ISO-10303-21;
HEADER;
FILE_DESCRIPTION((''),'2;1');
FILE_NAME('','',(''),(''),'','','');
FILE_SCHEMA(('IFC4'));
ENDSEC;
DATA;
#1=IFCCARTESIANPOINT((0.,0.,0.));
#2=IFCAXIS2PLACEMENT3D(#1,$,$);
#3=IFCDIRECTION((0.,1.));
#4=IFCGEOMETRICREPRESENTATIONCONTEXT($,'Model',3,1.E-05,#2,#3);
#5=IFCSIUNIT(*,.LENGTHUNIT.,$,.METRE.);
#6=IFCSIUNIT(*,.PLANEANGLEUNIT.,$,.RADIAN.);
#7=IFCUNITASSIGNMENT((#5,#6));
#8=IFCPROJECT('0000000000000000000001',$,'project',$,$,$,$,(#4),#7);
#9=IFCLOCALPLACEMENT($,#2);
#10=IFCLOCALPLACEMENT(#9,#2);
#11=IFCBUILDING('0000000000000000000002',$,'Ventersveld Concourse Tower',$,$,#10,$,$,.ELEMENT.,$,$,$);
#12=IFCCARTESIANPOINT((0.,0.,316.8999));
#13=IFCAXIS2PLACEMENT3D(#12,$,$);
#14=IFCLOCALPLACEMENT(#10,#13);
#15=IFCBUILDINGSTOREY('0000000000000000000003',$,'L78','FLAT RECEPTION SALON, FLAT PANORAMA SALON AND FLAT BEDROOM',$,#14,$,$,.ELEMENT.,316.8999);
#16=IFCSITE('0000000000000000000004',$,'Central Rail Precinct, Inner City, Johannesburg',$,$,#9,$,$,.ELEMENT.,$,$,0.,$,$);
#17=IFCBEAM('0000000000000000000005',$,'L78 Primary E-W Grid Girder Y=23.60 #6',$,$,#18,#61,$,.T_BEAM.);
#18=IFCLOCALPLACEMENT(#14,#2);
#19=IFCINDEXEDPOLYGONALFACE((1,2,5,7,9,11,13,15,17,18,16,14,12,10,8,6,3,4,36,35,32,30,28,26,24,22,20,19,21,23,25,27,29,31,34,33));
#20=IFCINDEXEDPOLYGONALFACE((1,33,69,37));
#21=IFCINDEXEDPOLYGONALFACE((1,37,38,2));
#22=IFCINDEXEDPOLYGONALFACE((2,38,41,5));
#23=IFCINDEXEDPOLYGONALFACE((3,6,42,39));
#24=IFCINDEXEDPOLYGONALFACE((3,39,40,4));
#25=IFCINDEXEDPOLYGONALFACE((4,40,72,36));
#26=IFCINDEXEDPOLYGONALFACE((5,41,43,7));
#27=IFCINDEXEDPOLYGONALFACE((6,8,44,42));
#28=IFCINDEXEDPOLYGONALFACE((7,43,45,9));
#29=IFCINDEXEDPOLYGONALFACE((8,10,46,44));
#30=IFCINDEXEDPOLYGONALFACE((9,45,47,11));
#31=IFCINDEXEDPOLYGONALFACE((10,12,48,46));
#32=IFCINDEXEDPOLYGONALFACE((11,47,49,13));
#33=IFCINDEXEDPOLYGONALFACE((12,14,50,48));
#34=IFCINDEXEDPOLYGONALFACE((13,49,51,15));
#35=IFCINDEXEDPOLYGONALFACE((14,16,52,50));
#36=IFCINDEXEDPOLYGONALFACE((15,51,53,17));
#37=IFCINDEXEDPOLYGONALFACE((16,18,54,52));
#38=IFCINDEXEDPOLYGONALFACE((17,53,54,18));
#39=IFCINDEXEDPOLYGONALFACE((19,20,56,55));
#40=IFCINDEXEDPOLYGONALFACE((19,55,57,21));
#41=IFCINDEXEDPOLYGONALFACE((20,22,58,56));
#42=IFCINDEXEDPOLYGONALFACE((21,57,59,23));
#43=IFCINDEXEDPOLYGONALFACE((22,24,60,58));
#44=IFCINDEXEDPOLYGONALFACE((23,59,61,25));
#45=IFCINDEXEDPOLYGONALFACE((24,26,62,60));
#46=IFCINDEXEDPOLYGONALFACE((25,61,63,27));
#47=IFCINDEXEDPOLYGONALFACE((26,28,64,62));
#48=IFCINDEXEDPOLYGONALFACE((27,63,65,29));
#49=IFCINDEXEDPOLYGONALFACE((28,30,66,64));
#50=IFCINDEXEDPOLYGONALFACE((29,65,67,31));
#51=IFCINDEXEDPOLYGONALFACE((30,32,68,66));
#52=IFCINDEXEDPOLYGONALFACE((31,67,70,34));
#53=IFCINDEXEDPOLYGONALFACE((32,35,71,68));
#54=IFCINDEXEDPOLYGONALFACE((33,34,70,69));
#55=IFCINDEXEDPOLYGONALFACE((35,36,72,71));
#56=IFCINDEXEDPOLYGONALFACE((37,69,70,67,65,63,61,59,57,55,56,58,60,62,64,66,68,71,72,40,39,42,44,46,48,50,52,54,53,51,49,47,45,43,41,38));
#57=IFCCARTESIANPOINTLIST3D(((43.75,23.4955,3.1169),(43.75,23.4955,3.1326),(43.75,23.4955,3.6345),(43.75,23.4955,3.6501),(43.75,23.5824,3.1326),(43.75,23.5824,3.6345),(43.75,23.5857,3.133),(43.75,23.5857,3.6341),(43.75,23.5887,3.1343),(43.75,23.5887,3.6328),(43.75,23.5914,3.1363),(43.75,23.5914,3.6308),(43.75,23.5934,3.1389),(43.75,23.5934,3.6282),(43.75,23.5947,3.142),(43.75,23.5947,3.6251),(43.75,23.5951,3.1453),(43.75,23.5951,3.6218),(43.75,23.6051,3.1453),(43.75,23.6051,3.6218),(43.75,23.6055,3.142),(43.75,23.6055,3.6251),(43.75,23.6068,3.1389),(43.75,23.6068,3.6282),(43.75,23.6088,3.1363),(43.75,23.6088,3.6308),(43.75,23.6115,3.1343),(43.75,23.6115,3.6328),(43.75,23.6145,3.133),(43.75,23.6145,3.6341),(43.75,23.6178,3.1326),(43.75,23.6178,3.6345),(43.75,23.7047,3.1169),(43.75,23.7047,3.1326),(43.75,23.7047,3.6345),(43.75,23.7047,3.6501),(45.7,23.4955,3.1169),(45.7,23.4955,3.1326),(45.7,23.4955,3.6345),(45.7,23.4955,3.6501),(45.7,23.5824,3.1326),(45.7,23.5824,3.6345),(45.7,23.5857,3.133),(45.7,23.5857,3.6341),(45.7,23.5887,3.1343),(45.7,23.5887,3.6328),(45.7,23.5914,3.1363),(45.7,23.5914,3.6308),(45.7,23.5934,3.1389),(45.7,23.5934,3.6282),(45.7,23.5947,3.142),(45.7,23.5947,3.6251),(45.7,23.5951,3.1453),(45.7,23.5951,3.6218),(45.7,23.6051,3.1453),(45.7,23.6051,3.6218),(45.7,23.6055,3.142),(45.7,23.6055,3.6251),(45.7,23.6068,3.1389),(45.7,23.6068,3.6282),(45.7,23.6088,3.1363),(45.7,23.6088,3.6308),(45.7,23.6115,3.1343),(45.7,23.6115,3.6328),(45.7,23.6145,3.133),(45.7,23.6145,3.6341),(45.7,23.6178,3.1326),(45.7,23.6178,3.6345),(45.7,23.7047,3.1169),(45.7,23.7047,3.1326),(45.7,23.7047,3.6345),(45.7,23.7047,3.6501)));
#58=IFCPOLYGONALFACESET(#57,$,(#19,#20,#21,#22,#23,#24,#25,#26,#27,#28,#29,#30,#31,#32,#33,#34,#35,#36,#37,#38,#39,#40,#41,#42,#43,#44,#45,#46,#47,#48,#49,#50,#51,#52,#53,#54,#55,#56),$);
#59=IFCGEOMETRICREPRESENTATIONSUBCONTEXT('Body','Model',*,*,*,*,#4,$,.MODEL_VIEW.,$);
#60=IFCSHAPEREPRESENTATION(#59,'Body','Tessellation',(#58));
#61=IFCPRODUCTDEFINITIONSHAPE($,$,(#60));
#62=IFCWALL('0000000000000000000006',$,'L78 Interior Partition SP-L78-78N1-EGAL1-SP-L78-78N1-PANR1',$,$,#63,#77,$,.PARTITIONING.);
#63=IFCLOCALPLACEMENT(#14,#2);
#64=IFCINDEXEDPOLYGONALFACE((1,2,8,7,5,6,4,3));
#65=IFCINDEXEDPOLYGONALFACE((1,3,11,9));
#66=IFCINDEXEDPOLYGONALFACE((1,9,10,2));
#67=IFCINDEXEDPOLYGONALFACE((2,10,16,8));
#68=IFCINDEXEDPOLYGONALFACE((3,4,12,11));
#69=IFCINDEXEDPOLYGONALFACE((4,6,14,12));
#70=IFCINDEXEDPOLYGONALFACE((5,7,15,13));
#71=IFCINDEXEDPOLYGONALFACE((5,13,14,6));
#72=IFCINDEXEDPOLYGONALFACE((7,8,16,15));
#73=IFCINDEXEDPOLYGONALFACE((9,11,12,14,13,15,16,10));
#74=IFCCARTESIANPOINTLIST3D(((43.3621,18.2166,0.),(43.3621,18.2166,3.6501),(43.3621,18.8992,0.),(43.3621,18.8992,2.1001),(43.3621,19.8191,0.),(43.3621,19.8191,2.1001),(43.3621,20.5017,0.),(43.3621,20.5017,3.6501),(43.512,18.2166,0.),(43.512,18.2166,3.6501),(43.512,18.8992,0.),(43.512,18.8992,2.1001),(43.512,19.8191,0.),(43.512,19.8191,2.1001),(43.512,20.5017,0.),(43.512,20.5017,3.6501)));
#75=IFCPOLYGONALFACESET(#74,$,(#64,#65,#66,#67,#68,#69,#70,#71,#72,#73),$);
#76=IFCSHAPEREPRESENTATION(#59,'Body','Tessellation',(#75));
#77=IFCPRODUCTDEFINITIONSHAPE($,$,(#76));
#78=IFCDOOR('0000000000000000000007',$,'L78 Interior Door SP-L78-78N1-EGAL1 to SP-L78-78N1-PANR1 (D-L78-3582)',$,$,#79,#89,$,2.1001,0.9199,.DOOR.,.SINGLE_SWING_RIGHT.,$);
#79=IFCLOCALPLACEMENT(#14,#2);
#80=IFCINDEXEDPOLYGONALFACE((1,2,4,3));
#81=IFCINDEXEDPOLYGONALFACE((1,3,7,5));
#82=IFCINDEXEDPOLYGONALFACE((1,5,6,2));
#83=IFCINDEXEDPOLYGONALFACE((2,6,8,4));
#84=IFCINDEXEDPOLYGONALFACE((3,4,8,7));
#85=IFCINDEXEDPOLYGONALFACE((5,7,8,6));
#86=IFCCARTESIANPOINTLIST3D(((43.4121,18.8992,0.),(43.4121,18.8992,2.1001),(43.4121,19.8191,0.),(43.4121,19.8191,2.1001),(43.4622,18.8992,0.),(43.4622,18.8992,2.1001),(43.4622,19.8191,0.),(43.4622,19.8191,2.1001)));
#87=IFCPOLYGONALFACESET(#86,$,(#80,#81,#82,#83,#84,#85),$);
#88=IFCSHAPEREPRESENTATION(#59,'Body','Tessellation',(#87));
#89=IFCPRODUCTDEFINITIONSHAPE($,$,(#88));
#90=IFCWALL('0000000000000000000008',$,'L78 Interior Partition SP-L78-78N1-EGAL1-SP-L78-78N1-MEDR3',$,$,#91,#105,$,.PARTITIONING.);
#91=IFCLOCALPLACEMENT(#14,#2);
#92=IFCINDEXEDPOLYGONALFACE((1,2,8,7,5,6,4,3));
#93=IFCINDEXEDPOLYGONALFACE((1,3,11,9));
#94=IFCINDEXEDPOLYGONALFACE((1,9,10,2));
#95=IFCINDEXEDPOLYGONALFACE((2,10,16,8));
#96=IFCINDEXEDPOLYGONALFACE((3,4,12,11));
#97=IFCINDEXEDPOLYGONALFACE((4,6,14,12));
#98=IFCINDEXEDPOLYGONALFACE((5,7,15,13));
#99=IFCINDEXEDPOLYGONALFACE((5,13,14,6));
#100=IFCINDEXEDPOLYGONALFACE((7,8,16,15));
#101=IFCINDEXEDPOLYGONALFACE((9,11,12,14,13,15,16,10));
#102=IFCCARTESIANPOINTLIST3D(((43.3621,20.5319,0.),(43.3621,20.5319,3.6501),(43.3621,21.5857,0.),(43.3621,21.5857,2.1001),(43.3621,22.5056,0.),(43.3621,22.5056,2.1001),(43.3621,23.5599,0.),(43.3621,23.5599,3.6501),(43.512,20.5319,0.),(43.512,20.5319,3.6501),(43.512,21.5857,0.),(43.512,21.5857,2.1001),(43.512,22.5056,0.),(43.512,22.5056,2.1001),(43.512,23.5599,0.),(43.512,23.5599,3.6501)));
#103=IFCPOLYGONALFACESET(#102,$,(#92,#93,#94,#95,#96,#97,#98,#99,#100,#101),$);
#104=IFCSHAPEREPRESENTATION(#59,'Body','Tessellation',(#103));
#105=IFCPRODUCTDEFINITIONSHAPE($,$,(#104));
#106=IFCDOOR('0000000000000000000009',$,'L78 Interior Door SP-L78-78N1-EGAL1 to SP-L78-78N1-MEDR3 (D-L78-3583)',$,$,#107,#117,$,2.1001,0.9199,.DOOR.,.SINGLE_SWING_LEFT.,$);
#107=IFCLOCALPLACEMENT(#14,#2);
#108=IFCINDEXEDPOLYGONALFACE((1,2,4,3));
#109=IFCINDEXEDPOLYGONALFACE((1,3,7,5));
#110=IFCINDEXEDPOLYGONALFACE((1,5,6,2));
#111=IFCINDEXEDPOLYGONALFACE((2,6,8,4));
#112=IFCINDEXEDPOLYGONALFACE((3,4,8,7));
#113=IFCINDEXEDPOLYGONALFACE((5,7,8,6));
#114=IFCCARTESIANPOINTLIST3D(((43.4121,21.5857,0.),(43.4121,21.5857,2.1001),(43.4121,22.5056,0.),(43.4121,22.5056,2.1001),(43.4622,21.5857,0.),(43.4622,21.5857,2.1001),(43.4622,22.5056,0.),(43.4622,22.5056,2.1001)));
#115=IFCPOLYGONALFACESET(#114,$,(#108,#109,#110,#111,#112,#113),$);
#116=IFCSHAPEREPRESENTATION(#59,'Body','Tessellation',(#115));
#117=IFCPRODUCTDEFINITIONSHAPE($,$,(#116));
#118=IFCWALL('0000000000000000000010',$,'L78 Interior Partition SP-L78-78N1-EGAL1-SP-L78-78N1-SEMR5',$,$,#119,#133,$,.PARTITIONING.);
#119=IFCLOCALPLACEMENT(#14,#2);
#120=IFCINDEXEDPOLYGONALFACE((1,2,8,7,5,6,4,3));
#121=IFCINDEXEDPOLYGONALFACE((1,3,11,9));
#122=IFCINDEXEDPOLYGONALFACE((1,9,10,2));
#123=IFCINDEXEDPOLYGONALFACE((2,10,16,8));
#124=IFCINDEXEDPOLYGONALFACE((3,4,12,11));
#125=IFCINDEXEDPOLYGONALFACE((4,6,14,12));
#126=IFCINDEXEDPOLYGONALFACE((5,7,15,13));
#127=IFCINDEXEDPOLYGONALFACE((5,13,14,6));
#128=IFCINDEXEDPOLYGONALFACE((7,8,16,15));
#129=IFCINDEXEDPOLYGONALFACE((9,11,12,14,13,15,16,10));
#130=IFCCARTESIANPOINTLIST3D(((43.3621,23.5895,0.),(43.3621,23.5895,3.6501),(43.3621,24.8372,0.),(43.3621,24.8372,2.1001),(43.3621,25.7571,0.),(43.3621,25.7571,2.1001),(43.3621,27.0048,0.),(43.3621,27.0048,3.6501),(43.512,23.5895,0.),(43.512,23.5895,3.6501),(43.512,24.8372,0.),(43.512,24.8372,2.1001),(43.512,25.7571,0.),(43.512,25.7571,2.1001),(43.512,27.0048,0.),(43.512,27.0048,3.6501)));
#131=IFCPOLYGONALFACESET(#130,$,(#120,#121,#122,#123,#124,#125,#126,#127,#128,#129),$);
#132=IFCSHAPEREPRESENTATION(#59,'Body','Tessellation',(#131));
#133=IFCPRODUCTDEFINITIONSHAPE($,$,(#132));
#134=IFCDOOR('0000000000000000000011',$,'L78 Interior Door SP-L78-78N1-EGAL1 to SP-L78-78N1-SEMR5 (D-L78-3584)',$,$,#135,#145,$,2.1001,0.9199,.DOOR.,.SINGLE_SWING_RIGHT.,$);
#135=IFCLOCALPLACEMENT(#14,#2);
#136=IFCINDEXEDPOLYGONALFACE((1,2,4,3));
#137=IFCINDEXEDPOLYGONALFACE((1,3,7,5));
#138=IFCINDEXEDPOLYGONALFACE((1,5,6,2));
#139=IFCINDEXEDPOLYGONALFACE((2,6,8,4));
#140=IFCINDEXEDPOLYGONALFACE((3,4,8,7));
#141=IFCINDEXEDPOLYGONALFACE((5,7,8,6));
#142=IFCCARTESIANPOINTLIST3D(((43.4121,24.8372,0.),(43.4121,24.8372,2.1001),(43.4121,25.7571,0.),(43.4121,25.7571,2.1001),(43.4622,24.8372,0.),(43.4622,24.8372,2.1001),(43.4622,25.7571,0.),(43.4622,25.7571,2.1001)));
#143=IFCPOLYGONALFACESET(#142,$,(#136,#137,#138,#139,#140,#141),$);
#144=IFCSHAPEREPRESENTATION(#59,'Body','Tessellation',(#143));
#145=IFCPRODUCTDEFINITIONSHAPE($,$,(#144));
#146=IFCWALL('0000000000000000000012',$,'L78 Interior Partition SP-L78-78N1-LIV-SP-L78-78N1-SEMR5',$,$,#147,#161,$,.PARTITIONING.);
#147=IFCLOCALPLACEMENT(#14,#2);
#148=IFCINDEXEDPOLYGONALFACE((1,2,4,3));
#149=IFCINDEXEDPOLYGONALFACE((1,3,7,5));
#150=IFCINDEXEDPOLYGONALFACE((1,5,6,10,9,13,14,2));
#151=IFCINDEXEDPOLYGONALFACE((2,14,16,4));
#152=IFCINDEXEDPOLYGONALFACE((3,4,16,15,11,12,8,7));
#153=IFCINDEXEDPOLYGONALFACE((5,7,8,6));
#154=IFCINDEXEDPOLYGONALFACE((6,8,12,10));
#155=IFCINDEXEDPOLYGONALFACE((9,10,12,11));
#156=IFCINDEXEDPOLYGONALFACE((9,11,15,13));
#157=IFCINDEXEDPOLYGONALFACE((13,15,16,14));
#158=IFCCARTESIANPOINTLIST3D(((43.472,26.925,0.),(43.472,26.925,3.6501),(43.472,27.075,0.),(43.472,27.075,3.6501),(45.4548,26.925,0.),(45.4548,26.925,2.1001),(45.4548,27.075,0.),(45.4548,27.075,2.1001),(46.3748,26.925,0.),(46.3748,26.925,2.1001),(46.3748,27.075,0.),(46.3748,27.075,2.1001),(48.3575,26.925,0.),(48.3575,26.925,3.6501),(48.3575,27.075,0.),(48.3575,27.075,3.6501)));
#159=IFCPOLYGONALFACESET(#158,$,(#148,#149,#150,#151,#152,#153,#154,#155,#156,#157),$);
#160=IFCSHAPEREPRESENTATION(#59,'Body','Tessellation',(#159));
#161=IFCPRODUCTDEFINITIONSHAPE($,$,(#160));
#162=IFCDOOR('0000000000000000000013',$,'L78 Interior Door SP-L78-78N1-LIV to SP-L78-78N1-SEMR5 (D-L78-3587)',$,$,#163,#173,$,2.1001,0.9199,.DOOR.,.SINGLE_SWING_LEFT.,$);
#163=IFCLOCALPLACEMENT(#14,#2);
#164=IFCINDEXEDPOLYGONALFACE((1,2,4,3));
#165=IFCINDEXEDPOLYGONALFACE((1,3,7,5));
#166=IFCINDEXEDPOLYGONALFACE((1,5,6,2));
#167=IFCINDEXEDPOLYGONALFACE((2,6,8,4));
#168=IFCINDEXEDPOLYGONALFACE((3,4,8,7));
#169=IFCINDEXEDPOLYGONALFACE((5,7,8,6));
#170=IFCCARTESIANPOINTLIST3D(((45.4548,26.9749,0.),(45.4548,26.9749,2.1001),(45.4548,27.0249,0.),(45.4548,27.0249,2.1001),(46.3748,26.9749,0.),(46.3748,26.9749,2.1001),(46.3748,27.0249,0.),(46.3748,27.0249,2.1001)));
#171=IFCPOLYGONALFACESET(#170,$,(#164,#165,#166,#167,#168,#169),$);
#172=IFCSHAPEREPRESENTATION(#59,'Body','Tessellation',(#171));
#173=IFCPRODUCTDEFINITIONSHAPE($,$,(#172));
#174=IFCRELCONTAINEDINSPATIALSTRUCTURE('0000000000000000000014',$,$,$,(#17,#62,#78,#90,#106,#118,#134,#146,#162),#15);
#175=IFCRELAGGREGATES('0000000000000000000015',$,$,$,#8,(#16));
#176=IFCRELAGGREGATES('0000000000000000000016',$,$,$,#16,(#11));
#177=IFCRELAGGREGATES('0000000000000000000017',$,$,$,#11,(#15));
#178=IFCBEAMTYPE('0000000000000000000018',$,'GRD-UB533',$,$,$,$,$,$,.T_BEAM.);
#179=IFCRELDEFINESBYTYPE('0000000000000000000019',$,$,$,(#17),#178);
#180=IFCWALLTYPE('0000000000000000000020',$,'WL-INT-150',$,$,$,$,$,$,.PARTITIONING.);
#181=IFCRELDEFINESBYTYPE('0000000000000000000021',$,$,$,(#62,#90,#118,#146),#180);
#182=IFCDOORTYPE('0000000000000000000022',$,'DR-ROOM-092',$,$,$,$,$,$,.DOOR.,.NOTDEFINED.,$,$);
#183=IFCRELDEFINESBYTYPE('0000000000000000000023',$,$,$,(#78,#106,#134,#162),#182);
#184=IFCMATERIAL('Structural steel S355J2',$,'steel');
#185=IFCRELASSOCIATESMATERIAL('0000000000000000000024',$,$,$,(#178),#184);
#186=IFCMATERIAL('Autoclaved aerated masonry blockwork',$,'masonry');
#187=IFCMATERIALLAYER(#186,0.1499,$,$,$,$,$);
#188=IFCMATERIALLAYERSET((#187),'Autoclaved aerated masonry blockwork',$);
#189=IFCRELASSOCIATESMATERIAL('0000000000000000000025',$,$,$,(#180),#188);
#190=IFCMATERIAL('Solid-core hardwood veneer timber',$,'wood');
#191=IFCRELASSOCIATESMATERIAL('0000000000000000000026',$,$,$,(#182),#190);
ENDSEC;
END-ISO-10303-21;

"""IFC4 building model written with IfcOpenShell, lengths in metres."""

from ifc_helpers import new_model, si_unit, direction, frame, frame_2d, origin, origin_2d, place, context, subcontext, project, spatial, rectangle, i_section, extrude, material, layer, layer_set, material_profile, profile_set, type_object, element, fill, save


model = new_model("IFC4")

# Units and contexts
model_context = context("Model", 3, precision=1e-05, world=origin(), true_north=direction((0.0, 1.0)))
body_context = subcontext(model_context, "Body", "Model", "MODEL_VIEW")
ifc_project = project(units=[si_unit("LENGTHUNIT", "METRE"), si_unit("PLANEANGLEUNIT", "RADIAN")], contexts=[model_context])

# Site, building, storey
site_placement = place(None, origin())
site = spatial("IfcSite", under=ifc_project, at=site_placement, Name="Central Rail Precinct, Inner City, Johannesburg", CompositionType="ELEMENT", RefElevation=0.0)
building_placement = place(site_placement, origin())
building = spatial("IfcBuilding", under=site, at=building_placement, Name="Ventersveld Concourse Tower", CompositionType="ELEMENT")
storey_placement = place(building_placement, frame((0.0, 0.0, 316.8999)))
storey = spatial("IfcBuildingStorey", under=building, at=storey_placement, Name="L78", Description="FLAT RECEPTION SALON, FLAT PANORAMA SALON AND FLAT BEDROOM", CompositionType="ELEMENT", Elevation=316.8999)

# Shared definitions
ifc_material_1 = material(Name="Structural steel S355J2", Category="steel")

# Beam
ifc_material_profile_1 = material_profile(ifc_material_1, i_section(OverallWidth=0.2092, OverallDepth=0.5332, WebThickness=0.01, FlangeThickness=0.0156, FilletRadius=0.0127, at=origin_2d()), Name="UB 533x210x92")
ifc_profile_set_1 = profile_set([ifc_material_profile_1], Name="Structural steel S355J2")
beam_type_1 = type_object("IfcBeamType", Name="GRD-UB533", PredefinedType="T_BEAM", material=ifc_profile_set_1)
beam_1_placement = place(storey_placement, frame((43.75, 23.6001, 3.3835), z_axis=(1.0, 0.0, 0.0), x_axis=(0.0, 1.0, 0.0)))
element("IfcBeam", 1, at=beam_1_placement, inside=storey, type_object=beam_type_1, Name="L78 Primary E-W Grid Girder Y=23.60 #6", PredefinedType="T_BEAM", context=body_context, shape_type="SweptSolid", body=[
    extrude(i_section(OverallWidth=0.2092, OverallDepth=0.5332, WebThickness=0.01, FlangeThickness=0.0156, FilletRadius=0.0127, at=origin_2d()), origin(), (0.0, 0.0, 1.0), 1.95),
])

# Walls, openings, doors
ifc_material_2 = material(Name="Autoclaved aerated masonry blockwork", Category="masonry")
ifc_layer_1 = layer(ifc_material_2, 0.1499)
ifc_layer_set_1 = layer_set([ifc_layer_1], Name="Autoclaved aerated masonry blockwork")
wall_type_1 = type_object("IfcWallType", Name="WL-INT-150", PredefinedType="PARTITIONING", material=ifc_layer_set_1)
wall_1_placement = place(storey_placement, frame((43.437, 18.2166, 0.0), z_axis=(0.0, 0.0, 1.0), x_axis=(0.0, 1.0, 0.0)))
wall_1 = element("IfcWall", 2, at=wall_1_placement, inside=storey, type_object=wall_type_1, Name="L78 Interior Partition SP-L78-78N1-EGAL1-SP-L78-78N1-PANR1", PredefinedType="PARTITIONING", context=body_context, shape_type="SweptSolid", body=[
    extrude(rectangle(XDim=2.2852, YDim=0.1499, at=frame_2d((1.1426, 0.0))), origin(), (0.0, 0.0, 1.0), 3.6501),
])
opening_1_placement = place(wall_1_placement, frame((0.6826, 0.0, 0.0)))
opening_1 = element("IfcOpeningElement", 3, at=opening_1_placement, cuts=wall_1, PredefinedType="OPENING", context=body_context, shape_type="SweptSolid", body=[
    extrude(rectangle(XDim=0.9199, YDim=2.1001, at=frame_2d((0.46, 1.05))), frame((0.0, 0.085, 0.0), z_axis=(0.0, -1.0, 0.0), x_axis=(1.0, 0.0, 0.0)), (0.0, 0.0, 1.0), 0.1699),
])
ifc_material_3 = material(Name="Solid-core hardwood veneer timber", Category="wood")
door_type = type_object("IfcDoorType", Name="DR-ROOM-092", OperationType="NOTDEFINED", PredefinedType="DOOR", material=ifc_material_3)
door_1_placement = place(opening_1_placement, origin())
door_1 = element("IfcDoor", 4, at=door_1_placement, inside=storey, type_object=door_type, Name="L78 Interior Door SP-L78-78N1-EGAL1 to SP-L78-78N1-PANR1 (D-L78-3582)", OperationType="SINGLE_SWING_RIGHT", OverallHeight=2.1001, OverallWidth=0.9199, PredefinedType="DOOR", context=body_context, shape_type="SweptSolid", body=[
    extrude(rectangle(XDim=0.9199, YDim=2.1001, at=frame_2d((0.46, 1.05))), frame((0.0, 0.0249, 0.0), z_axis=(0.0, -1.0, 0.0), x_axis=(1.0, 0.0, 0.0)), (0.0, 0.0, 1.0), 0.05),
])
fill(opening_1, door_1)
wall_2_placement = place(storey_placement, frame((43.437, 20.5317, 0.0), z_axis=(0.0, 0.0, 1.0), x_axis=(0.0, 1.0, 0.0)))
wall_2 = element("IfcWall", 5, at=wall_2_placement, inside=storey, type_object=wall_type_1, Name="L78 Interior Partition SP-L78-78N1-EGAL1-SP-L78-78N1-MEDR3", PredefinedType="PARTITIONING", context=body_context, shape_type="SweptSolid", body=[
    extrude(rectangle(XDim=3.0281, YDim=0.1499, at=frame_2d((1.5142, 0.0))), origin(), (0.0, 0.0, 1.0), 3.6501),
])
opening_2_placement = place(wall_2_placement, frame((1.054, 0.0, 0.0)))
opening_2 = element("IfcOpeningElement", 6, at=opening_2_placement, cuts=wall_2, PredefinedType="OPENING", context=body_context, shape_type="SweptSolid", body=[
    extrude(rectangle(XDim=0.9199, YDim=2.1001, at=frame_2d((0.46, 1.05))), frame((0.0, 0.085, 0.0), z_axis=(0.0, -1.0, 0.0), x_axis=(1.0, 0.0, 0.0)), (0.0, 0.0, 1.0), 0.1699),
])
door_2_placement = place(opening_2_placement, origin())
door_2 = element("IfcDoor", 7, at=door_2_placement, inside=storey, type_object=door_type, Name="L78 Interior Door SP-L78-78N1-EGAL1 to SP-L78-78N1-MEDR3 (D-L78-3583)", OperationType="SINGLE_SWING_LEFT", OverallHeight=2.1001, OverallWidth=0.9199, PredefinedType="DOOR", context=body_context, shape_type="SweptSolid", body=[
    extrude(rectangle(XDim=0.9199, YDim=2.1001, at=frame_2d((0.46, 1.05))), frame((0.0, 0.0249, 0.0), z_axis=(0.0, -1.0, 0.0), x_axis=(1.0, 0.0, 0.0)), (0.0, 0.0, 1.0), 0.05),
])
fill(opening_2, door_2)
wall_3_placement = place(storey_placement, frame((43.437, 23.5896, 0.0), z_axis=(0.0, 0.0, 1.0), x_axis=(0.0, 1.0, 0.0)))
wall_3 = element("IfcWall", 8, at=wall_3_placement, inside=storey, type_object=wall_type_1, Name="L78 Interior Partition SP-L78-78N1-EGAL1-SP-L78-78N1-SEMR5", PredefinedType="PARTITIONING", context=body_context, shape_type="SweptSolid", body=[
    extrude(rectangle(XDim=3.4153, YDim=0.1499, at=frame_2d((1.7075, 0.0))), origin(), (0.0, 0.0, 1.0), 3.6501),
])
opening_3_placement = place(wall_3_placement, frame((1.2476, 0.0, 0.0)))
opening_3 = element("IfcOpeningElement", 9, at=opening_3_placement, cuts=wall_3, PredefinedType="OPENING", context=body_context, shape_type="SweptSolid", body=[
    extrude(rectangle(XDim=0.9199, YDim=2.1001, at=frame_2d((0.46, 1.05))), frame((0.0, 0.085, 0.0), z_axis=(0.0, -1.0, 0.0), x_axis=(1.0, 0.0, 0.0)), (0.0, 0.0, 1.0), 0.1699),
])
door_3_placement = place(opening_3_placement, origin())
door_3 = element("IfcDoor", 10, at=door_3_placement, inside=storey, type_object=door_type, Name="L78 Interior Door SP-L78-78N1-EGAL1 to SP-L78-78N1-SEMR5 (D-L78-3584)", OperationType="SINGLE_SWING_RIGHT", OverallHeight=2.1001, OverallWidth=0.9199, PredefinedType="DOOR", context=body_context, shape_type="SweptSolid", body=[
    extrude(rectangle(XDim=0.9199, YDim=2.1001, at=frame_2d((0.46, 1.05))), frame((0.0, 0.0249, 0.0), z_axis=(0.0, -1.0, 0.0), x_axis=(1.0, 0.0, 0.0)), (0.0, 0.0, 1.0), 0.05),
])
fill(opening_3, door_3)
wall_4_placement = place(storey_placement, frame((43.4719, 27.0, 0.0), z_axis=(0.0, 0.0, 1.0), x_axis=(1.0, 0.0, 0.0)))
wall_4 = element("IfcWall", 11, at=wall_4_placement, inside=storey, type_object=wall_type_1, Name="L78 Interior Partition SP-L78-78N1-LIV-SP-L78-78N1-SEMR5", PredefinedType="PARTITIONING", context=body_context, shape_type="SweptSolid", body=[
    extrude(rectangle(XDim=4.8855, YDim=0.1499, at=frame_2d((2.4429, 0.0))), origin(), (0.0, 0.0, 1.0), 3.6501),
])
opening_4_placement = place(wall_4_placement, frame((1.9829, 0.0, 0.0)))
opening_4 = element("IfcOpeningElement", 12, at=opening_4_placement, cuts=wall_4, PredefinedType="OPENING", context=body_context, shape_type="SweptSolid", body=[
    extrude(rectangle(XDim=0.9199, YDim=2.1001, at=frame_2d((0.46, 1.05))), frame((0.0, 0.085, 0.0), z_axis=(0.0, -1.0, 0.0), x_axis=(1.0, 0.0, 0.0)), (0.0, 0.0, 1.0), 0.1699),
])
door_4_placement = place(opening_4_placement, origin())
door_4 = element("IfcDoor", 13, at=door_4_placement, inside=storey, type_object=door_type, Name="L78 Interior Door SP-L78-78N1-LIV to SP-L78-78N1-SEMR5 (D-L78-3587)", OperationType="SINGLE_SWING_LEFT", OverallHeight=2.1001, OverallWidth=0.9199, PredefinedType="DOOR", context=body_context, shape_type="SweptSolid", body=[
    extrude(rectangle(XDim=0.9199, YDim=2.1001, at=frame_2d((0.46, 1.05))), frame((0.0, 0.0249, 0.0), z_axis=(0.0, -1.0, 0.0), x_axis=(1.0, 0.0, 0.0)), (0.0, 0.0, 1.0), 0.05),
])
fill(opening_4, door_4)

save(model, "model.ifc")
